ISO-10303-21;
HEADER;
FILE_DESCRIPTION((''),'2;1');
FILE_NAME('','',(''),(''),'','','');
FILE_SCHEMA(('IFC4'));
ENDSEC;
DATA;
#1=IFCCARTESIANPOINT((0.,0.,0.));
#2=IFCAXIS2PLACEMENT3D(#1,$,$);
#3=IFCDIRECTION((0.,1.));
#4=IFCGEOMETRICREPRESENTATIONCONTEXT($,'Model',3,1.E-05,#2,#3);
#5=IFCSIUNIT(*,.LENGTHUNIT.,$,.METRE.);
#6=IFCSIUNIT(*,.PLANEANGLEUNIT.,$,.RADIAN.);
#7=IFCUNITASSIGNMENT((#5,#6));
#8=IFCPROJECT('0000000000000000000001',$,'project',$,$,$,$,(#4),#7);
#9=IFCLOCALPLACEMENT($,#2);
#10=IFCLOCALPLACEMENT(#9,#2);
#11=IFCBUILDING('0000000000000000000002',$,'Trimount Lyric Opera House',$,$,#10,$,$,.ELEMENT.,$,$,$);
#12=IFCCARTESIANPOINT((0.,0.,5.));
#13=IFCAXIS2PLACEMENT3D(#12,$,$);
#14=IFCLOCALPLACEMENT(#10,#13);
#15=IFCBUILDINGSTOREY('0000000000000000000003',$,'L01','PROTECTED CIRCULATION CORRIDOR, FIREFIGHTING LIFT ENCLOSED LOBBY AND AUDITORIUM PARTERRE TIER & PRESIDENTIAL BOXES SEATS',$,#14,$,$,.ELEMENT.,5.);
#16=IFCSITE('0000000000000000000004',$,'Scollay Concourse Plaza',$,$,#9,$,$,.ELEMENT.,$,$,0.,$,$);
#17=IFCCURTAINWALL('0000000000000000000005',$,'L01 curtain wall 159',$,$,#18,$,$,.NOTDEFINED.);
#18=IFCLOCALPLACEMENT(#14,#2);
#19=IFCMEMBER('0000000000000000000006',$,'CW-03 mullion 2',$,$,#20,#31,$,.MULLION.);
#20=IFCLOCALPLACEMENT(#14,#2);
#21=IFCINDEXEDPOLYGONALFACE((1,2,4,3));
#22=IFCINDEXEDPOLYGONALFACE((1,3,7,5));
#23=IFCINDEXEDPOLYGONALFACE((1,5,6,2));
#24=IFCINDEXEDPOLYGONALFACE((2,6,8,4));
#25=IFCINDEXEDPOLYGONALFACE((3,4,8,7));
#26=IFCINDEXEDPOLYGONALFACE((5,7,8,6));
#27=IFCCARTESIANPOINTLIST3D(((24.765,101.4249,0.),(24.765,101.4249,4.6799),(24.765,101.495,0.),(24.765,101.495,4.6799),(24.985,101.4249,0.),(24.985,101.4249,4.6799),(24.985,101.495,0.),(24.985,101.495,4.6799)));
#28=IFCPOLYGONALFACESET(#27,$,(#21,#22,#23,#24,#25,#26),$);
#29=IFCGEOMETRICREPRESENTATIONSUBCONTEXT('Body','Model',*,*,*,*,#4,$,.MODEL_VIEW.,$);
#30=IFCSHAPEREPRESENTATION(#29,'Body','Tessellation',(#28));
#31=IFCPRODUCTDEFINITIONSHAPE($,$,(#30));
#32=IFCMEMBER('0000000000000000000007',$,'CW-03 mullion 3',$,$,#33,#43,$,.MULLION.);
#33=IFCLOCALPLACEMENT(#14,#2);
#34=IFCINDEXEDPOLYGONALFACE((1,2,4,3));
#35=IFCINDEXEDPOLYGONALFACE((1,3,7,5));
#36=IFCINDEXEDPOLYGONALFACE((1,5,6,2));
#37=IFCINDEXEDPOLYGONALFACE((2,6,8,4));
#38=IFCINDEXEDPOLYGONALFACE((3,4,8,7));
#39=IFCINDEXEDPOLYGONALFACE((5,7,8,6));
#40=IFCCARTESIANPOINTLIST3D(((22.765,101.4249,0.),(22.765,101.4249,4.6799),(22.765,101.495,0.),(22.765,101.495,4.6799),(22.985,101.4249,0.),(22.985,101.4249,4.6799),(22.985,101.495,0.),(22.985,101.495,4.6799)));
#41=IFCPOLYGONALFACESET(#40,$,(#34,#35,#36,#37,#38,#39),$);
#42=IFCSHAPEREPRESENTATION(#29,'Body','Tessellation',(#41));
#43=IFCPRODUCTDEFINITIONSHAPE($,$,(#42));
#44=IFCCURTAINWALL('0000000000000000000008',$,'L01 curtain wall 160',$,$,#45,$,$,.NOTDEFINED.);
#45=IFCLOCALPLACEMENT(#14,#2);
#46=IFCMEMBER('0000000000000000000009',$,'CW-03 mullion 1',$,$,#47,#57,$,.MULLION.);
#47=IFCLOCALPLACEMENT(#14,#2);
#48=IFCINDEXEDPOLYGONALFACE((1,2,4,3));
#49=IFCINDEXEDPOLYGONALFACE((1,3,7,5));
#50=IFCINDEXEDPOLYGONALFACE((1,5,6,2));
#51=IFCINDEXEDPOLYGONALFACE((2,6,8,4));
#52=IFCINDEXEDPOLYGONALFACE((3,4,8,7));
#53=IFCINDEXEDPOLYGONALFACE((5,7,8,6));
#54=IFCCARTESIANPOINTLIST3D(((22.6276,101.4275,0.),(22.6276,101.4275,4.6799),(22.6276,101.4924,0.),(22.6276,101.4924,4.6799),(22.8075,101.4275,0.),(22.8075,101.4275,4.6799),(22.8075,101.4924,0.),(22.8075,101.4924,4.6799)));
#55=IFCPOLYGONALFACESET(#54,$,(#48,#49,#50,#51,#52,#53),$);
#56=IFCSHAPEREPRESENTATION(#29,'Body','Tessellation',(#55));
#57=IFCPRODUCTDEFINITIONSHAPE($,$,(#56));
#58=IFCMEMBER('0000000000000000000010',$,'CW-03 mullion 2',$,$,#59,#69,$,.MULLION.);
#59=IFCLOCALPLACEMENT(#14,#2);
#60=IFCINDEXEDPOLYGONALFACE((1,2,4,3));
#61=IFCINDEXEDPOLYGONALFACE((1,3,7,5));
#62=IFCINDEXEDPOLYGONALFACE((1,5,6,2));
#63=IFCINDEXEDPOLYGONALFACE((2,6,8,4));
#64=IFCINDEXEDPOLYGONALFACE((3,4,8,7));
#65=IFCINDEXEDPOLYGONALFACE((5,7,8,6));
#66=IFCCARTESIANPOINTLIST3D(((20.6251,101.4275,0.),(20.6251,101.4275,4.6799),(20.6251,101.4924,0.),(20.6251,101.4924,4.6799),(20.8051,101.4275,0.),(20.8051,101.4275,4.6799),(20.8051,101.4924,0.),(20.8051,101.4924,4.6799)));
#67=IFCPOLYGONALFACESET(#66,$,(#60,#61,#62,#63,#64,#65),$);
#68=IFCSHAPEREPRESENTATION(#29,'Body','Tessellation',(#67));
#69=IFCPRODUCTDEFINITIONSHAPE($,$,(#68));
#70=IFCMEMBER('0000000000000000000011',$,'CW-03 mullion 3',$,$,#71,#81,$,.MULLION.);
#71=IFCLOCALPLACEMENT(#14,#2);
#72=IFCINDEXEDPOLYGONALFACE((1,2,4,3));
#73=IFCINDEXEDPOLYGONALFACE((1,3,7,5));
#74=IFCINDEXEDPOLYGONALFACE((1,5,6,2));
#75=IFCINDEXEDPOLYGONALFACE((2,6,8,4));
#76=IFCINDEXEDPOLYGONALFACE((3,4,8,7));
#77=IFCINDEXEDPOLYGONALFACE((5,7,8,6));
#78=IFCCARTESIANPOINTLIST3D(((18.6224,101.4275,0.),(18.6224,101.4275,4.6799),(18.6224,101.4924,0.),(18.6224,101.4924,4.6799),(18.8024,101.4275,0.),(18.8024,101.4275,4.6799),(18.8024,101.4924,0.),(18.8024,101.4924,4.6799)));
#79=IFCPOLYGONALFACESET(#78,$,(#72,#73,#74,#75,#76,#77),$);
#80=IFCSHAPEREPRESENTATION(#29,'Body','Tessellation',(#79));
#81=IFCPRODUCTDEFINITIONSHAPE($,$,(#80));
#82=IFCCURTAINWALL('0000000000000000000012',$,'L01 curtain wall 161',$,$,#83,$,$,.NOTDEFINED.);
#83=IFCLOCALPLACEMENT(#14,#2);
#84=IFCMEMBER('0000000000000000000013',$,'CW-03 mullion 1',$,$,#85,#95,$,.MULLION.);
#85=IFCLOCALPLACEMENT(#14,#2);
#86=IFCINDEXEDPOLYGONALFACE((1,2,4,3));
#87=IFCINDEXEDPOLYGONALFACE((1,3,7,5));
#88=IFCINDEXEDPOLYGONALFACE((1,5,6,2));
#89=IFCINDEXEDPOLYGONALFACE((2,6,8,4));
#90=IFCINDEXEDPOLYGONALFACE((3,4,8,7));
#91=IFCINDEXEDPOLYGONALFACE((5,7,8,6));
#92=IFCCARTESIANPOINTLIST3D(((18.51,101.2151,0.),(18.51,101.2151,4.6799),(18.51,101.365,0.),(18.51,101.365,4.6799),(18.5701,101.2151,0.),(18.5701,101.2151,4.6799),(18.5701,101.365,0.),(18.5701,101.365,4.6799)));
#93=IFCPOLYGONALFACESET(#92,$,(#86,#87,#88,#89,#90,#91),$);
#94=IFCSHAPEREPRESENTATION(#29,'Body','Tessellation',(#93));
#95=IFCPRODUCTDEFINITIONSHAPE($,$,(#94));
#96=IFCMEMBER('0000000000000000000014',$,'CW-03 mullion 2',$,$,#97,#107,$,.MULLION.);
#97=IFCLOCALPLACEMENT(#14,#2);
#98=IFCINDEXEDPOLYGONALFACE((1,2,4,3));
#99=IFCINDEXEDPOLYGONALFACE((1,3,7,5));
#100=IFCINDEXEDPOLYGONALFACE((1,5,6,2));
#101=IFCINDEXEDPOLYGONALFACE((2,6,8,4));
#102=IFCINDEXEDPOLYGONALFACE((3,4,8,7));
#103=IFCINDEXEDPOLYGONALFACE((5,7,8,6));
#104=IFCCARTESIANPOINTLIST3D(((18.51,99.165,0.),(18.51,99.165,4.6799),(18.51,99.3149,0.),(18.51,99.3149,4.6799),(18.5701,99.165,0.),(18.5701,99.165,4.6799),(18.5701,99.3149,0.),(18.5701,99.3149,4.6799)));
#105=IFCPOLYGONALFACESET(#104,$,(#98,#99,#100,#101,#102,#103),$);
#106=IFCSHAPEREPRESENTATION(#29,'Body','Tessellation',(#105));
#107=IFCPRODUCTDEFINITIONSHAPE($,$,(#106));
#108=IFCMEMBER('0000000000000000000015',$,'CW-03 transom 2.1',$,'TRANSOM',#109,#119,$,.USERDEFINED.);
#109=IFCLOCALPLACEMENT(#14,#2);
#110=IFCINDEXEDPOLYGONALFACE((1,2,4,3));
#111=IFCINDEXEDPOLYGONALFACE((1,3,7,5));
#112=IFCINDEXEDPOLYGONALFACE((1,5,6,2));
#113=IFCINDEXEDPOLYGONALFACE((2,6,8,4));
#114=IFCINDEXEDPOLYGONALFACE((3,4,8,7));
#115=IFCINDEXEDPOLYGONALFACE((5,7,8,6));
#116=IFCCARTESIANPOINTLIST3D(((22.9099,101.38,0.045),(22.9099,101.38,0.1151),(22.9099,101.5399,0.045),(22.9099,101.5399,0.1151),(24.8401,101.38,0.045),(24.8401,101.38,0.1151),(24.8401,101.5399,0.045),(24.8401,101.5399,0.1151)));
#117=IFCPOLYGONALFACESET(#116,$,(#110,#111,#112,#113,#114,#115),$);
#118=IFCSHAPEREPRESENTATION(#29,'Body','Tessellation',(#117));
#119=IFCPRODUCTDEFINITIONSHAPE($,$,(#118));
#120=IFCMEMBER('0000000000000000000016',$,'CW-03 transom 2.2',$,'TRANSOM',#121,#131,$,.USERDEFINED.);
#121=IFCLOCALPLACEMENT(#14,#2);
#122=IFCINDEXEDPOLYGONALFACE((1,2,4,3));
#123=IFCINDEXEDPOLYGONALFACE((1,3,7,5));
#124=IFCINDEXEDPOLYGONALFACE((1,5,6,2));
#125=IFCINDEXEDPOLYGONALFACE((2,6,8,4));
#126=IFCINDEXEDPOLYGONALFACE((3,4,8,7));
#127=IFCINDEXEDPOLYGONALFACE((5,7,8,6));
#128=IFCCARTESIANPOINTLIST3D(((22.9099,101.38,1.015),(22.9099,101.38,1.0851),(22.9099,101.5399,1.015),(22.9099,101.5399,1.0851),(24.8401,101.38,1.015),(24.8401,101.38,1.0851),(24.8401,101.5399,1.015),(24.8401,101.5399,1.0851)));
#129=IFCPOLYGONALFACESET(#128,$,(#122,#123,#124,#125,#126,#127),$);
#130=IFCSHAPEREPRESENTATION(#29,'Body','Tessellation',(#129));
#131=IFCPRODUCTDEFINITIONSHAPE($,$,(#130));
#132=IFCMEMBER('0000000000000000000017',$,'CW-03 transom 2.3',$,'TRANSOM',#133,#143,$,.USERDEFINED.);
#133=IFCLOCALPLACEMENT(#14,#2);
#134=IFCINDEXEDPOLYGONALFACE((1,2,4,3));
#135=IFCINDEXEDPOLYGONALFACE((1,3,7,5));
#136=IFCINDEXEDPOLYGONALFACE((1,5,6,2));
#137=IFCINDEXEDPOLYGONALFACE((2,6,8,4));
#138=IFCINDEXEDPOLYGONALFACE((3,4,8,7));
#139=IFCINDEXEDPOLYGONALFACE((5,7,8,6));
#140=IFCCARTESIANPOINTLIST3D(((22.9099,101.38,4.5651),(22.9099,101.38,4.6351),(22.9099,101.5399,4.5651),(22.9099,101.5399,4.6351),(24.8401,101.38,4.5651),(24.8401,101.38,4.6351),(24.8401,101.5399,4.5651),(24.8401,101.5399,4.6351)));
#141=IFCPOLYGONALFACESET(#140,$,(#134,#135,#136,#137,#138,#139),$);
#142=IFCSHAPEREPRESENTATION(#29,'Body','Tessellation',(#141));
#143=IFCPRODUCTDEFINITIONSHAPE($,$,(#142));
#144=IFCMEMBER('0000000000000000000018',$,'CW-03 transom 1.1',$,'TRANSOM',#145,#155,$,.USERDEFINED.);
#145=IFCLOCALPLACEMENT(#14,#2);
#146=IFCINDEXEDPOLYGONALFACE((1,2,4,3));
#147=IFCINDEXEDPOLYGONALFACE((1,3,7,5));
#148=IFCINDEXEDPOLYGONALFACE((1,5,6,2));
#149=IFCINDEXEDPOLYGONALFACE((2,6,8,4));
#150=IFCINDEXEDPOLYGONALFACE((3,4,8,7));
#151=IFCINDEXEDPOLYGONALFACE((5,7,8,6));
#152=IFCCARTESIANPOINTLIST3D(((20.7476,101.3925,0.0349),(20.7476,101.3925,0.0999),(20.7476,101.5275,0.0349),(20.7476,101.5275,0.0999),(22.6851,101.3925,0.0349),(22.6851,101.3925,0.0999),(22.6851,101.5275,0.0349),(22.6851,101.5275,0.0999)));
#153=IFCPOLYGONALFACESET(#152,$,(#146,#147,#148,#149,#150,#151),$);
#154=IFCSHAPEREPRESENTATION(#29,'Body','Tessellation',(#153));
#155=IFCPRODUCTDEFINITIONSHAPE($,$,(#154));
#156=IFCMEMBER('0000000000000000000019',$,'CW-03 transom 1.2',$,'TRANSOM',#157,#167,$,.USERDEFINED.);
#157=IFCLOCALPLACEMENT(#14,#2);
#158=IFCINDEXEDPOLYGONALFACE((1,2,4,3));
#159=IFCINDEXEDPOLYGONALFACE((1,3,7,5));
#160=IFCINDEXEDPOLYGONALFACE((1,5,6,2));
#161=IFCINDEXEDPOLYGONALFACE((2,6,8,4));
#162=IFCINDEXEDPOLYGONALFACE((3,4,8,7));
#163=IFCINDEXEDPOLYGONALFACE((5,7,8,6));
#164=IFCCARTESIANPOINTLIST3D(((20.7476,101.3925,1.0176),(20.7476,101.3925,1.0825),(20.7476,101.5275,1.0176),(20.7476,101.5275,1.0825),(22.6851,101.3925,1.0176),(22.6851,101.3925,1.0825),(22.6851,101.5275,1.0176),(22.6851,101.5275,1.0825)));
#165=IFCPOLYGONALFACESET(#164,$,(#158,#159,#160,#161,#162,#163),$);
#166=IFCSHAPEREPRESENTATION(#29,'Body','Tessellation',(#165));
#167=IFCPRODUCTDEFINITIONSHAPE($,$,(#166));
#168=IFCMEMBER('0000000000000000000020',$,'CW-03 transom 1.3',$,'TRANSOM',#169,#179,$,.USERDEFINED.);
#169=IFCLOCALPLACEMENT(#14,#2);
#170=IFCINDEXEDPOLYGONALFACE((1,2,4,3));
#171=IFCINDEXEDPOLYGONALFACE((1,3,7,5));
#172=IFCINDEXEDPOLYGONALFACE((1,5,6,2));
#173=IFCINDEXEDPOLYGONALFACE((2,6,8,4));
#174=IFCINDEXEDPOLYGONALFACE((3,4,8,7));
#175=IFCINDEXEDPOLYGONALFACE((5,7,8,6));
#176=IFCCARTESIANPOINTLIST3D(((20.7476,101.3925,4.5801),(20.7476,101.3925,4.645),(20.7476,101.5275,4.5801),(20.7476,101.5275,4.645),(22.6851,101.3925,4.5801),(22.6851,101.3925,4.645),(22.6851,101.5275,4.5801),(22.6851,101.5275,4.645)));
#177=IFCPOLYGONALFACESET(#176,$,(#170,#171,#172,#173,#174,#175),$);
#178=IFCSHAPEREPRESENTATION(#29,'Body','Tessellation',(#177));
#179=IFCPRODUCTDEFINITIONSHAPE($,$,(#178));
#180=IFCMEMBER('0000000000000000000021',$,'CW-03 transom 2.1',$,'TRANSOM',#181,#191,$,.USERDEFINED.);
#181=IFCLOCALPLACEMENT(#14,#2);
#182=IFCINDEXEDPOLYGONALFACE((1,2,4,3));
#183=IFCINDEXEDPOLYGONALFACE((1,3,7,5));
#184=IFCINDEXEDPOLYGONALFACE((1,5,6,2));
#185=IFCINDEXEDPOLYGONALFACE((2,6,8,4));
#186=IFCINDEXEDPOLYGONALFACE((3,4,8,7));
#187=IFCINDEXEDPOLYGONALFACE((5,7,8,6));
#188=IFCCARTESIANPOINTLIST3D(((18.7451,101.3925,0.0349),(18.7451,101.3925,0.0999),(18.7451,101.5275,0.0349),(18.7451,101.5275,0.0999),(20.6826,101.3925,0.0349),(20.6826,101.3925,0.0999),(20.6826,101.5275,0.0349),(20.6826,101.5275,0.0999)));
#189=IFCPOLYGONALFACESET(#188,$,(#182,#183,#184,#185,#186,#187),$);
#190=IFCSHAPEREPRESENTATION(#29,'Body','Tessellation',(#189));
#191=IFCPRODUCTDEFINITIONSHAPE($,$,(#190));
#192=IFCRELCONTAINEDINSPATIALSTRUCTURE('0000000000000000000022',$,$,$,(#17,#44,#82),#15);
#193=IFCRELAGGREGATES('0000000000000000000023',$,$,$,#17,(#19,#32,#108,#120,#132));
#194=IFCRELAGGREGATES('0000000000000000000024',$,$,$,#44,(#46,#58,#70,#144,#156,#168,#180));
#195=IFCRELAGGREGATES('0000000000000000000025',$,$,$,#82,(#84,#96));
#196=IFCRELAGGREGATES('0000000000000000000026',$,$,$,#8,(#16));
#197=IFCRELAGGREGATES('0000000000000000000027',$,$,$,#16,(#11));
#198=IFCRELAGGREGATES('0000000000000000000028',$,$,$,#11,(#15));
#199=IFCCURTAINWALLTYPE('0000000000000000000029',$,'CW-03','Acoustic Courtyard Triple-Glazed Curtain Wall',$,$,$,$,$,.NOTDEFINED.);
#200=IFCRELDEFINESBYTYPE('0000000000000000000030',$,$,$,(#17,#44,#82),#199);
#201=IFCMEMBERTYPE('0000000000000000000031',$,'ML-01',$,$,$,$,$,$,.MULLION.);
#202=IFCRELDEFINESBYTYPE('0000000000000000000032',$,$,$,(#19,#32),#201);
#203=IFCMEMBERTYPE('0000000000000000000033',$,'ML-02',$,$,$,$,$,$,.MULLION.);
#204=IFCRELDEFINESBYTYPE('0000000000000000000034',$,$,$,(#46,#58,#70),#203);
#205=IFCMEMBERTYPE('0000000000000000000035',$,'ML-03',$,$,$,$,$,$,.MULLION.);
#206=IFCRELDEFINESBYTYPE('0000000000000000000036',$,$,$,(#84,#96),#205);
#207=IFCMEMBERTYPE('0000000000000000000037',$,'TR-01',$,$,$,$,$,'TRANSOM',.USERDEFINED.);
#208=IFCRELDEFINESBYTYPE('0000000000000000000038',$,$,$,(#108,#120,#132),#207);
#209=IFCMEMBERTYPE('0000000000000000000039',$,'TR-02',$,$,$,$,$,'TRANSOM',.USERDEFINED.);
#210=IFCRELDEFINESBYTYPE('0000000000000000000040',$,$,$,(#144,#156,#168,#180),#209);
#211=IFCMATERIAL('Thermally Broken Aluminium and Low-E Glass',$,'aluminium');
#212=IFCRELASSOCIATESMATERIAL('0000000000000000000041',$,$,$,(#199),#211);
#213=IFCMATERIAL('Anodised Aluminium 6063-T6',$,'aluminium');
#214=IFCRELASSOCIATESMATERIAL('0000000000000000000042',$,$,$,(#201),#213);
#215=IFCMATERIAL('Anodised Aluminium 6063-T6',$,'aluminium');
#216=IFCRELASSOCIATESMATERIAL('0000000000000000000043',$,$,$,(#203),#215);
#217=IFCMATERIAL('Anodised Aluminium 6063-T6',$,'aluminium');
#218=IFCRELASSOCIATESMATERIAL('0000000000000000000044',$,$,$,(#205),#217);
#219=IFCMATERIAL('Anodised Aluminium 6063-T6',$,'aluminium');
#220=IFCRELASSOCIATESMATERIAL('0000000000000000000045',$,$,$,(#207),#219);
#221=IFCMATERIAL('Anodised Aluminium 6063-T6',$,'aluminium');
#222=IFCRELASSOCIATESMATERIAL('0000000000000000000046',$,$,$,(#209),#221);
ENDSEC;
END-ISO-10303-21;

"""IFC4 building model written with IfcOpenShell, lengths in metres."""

from ifc_helpers import new_model, si_unit, direction, frame, origin, origin_2d, place, context, subcontext, project, spatial, rectangle, extrude, material, material_profile, profile_set, type_object, element, aggregate, save


model = new_model("IFC4")

# Units and contexts
model_context = context("Model", 3, precision=1e-05, world=origin(), true_north=direction((0.0, 1.0)))
body_context = subcontext(model_context, "Body", "Model", "MODEL_VIEW")
ifc_project = project(units=[si_unit("LENGTHUNIT", "METRE"), si_unit("PLANEANGLEUNIT", "RADIAN")], contexts=[model_context])

# Site, building, storey
site_placement = place(None, origin())
site = spatial("IfcSite", under=ifc_project, at=site_placement, Name="Scollay Concourse Plaza", CompositionType="ELEMENT", RefElevation=0.0)
building_placement = place(site_placement, origin())
building = spatial("IfcBuilding", under=site, at=building_placement, Name="Trimount Lyric Opera House", CompositionType="ELEMENT")
storey_placement = place(building_placement, frame((0.0, 0.0, 5.0)))
storey = spatial("IfcBuildingStorey", under=building, at=storey_placement, Name="L01", Description="PROTECTED CIRCULATION CORRIDOR, FIREFIGHTING LIFT ENCLOSED LOBBY AND AUDITORIUM PARTERRE TIER & PRESIDENTIAL BOXES SEATS", CompositionType="ELEMENT", Elevation=5.0)

# Curtain walls, members
ifc_material_1 = material(Name="Thermally Broken Aluminium and Low-E Glass", Category="aluminium")
curtain_wall_type = type_object("IfcCurtainWallType", Name="CW-03", Description="Acoustic Courtyard Triple-Glazed Curtain Wall", PredefinedType="NOTDEFINED", material=ifc_material_1)
curtain_wall_1_placement = place(storey_placement, origin())
curtain_wall_1 = element("IfcCurtainWall", 1, at=curtain_wall_1_placement, inside=storey, type_object=curtain_wall_type, Name="L01 curtain wall 159", PredefinedType="NOTDEFINED")
ifc_material_2 = material(Name="Anodised Aluminium 6063-T6", Category="aluminium")
ifc_material_profile_1 = material_profile(ifc_material_2, rectangle(XDim=0.0701, YDim=0.22, at=origin_2d()), Name="ALU-MULL-70X220")
ifc_profile_set_1 = profile_set([ifc_material_profile_1], Name="Anodised Aluminium 6063-T6")
member_type_1 = type_object("IfcMemberType", Name="ML-01", PredefinedType="MULLION", material=ifc_profile_set_1)
member_1_placement = place(storey_placement, frame((24.875, 101.46, 0.0), z_axis=(0.0, 0.0, 1.0), x_axis=(0.0, -1.0, 0.0)))
member_1 = element("IfcMember", 2, at=member_1_placement, type_object=member_type_1, Name="CW-03 mullion 2", PredefinedType="MULLION", context=body_context, shape_type="SweptSolid", body=[
    extrude(rectangle(XDim=0.0701, YDim=0.22, at=origin_2d()), origin(), (0.0, 0.0, 1.0), 4.6799),
])
member_2_placement = place(storey_placement, frame((22.875, 101.46, 0.0), z_axis=(0.0, 0.0, 1.0), x_axis=(0.0, -1.0, 0.0)))
member_2 = element("IfcMember", 3, at=member_2_placement, type_object=member_type_1, Name="CW-03 mullion 3", PredefinedType="MULLION", context=body_context, shape_type="SweptSolid", body=[
    extrude(rectangle(XDim=0.0701, YDim=0.22, at=origin_2d()), origin(), (0.0, 0.0, 1.0), 4.6799),
])
curtain_wall_2_placement = place(storey_placement, origin())
curtain_wall_2 = element("IfcCurtainWall", 4, at=curtain_wall_2_placement, inside=storey, type_object=curtain_wall_type, Name="L01 curtain wall 160", PredefinedType="NOTDEFINED")
ifc_material_3 = material(Name="Anodised Aluminium 6063-T6", Category="aluminium")
ifc_material_profile_2 = material_profile(ifc_material_3, rectangle(XDim=0.0649, YDim=0.1799, at=origin_2d()), Name="ALU-MULL-65X180")
ifc_profile_set_2 = profile_set([ifc_material_profile_2], Name="Anodised Aluminium 6063-T6")
member_type_2 = type_object("IfcMemberType", Name="ML-02", PredefinedType="MULLION", material=ifc_profile_set_2)
member_3_placement = place(storey_placement, frame((22.7175, 101.46, 0.0), z_axis=(0.0, 0.0, 1.0), x_axis=(0.0, -1.0, 0.0)))
member_3 = element("IfcMember", 5, at=member_3_placement, type_object=member_type_2, Name="CW-03 mullion 1", PredefinedType="MULLION", context=body_context, shape_type="SweptSolid", body=[
    extrude(rectangle(XDim=0.0649, YDim=0.1799, at=origin_2d()), origin(), (0.0, 0.0, 1.0), 4.6799),
])
member_4_placement = place(storey_placement, frame((20.7151, 101.46, 0.0), z_axis=(0.0, 0.0, 1.0), x_axis=(0.0, -1.0, 0.0)))
member_4 = element("IfcMember", 6, at=member_4_placement, type_object=member_type_2, Name="CW-03 mullion 2", PredefinedType="MULLION", context=body_context, shape_type="SweptSolid", body=[
    extrude(rectangle(XDim=0.0649, YDim=0.1799, at=origin_2d()), origin(), (0.0, 0.0, 1.0), 4.6799),
])
member_5_placement = place(storey_placement, frame((18.7124, 101.46, 0.0), z_axis=(0.0, 0.0, 1.0), x_axis=(0.0, -1.0, 0.0)))
member_5 = element("IfcMember", 7, at=member_5_placement, type_object=member_type_2, Name="CW-03 mullion 3", PredefinedType="MULLION", context=body_context, shape_type="SweptSolid", body=[
    extrude(rectangle(XDim=0.0649, YDim=0.1799, at=origin_2d()), origin(), (0.0, 0.0, 1.0), 4.6799),
])
curtain_wall_3_placement = place(storey_placement, origin())
curtain_wall_3 = element("IfcCurtainWall", 8, at=curtain_wall_3_placement, inside=storey, type_object=curtain_wall_type, Name="L01 curtain wall 161", PredefinedType="NOTDEFINED")
ifc_material_4 = material(Name="Anodised Aluminium 6063-T6", Category="aluminium")
ifc_material_profile_3 = material_profile(ifc_material_4, rectangle(XDim=0.0601, YDim=0.1499, at=origin_2d()), Name="ALU-MULL-60X150")
ifc_profile_set_3 = profile_set([ifc_material_profile_3], Name="Anodised Aluminium 6063-T6")
member_type_3 = type_object("IfcMemberType", Name="ML-03", PredefinedType="MULLION", material=ifc_profile_set_3)
member_6_placement = place(storey_placement, frame((18.54, 101.29, 0.0), z_axis=(0.0, 0.0, 1.0), x_axis=(1.0, 0.0, 0.0)))
member_6 = element("IfcMember", 9, at=member_6_placement, type_object=member_type_3, Name="CW-03 mullion 1", PredefinedType="MULLION", context=body_context, shape_type="SweptSolid", body=[
    extrude(rectangle(XDim=0.0601, YDim=0.1499, at=origin_2d()), origin(), (0.0, 0.0, 1.0), 4.6799),
])
member_7_placement = place(storey_placement, frame((18.54, 99.24, 0.0), z_axis=(0.0, 0.0, 1.0), x_axis=(1.0, 0.0, 0.0)))
member_7 = element("IfcMember", 10, at=member_7_placement, type_object=member_type_3, Name="CW-03 mullion 2", PredefinedType="MULLION", context=body_context, shape_type="SweptSolid", body=[
    extrude(rectangle(XDim=0.0601, YDim=0.1499, at=origin_2d()), origin(), (0.0, 0.0, 1.0), 4.6799),
])

# Members
ifc_material_5 = material(Name="Anodised Aluminium 6063-T6", Category="aluminium")
ifc_material_profile_4 = material_profile(ifc_material_5, rectangle(XDim=0.1599, YDim=0.0701, at=origin_2d()), Name="ALU-TRAN-70X160")
ifc_profile_set_4 = profile_set([ifc_material_profile_4], Name="Anodised Aluminium 6063-T6")
member_type_4 = type_object("IfcMemberType", Name="TR-01", ElementType="TRANSOM", PredefinedType="USERDEFINED", material=ifc_profile_set_4)
member_8_placement = place(storey_placement, frame((24.8401, 101.46, 0.0801), z_axis=(-1.0, 0.0, 0.0), x_axis=(0.0, -1.0, 0.0)))
member_8 = element("IfcMember", 11, at=member_8_placement, type_object=member_type_4, Name="CW-03 transom 2.1", ObjectType="TRANSOM", PredefinedType="USERDEFINED", context=body_context, shape_type="SweptSolid", body=[
    extrude(rectangle(XDim=0.1599, YDim=0.0701, at=origin_2d()), origin(), (0.0, 0.0, 1.0), 1.9302),
])
member_9_placement = place(storey_placement, frame((24.8401, 101.46, 1.05), z_axis=(-1.0, 0.0, 0.0), x_axis=(0.0, -1.0, 0.0)))
member_9 = element("IfcMember", 12, at=member_9_placement, type_object=member_type_4, Name="CW-03 transom 2.2", ObjectType="TRANSOM", PredefinedType="USERDEFINED", context=body_context, shape_type="SweptSolid", body=[
    extrude(rectangle(XDim=0.1599, YDim=0.0701, at=origin_2d()), origin(), (0.0, 0.0, 1.0), 1.9302),
])
member_10_placement = place(storey_placement, frame((24.8401, 101.46, 4.6001), z_axis=(-1.0, 0.0, 0.0), x_axis=(0.0, -1.0, 0.0)))
member_10 = element("IfcMember", 13, at=member_10_placement, type_object=member_type_4, Name="CW-03 transom 2.3", ObjectType="TRANSOM", PredefinedType="USERDEFINED", context=body_context, shape_type="SweptSolid", body=[
    extrude(rectangle(XDim=0.1599, YDim=0.0701, at=origin_2d()), origin(), (0.0, 0.0, 1.0), 1.9302),
])
ifc_material_6 = material(Name="Anodised Aluminium 6063-T6", Category="aluminium")
ifc_material_profile_5 = material_profile(ifc_material_6, rectangle(XDim=0.135, YDim=0.0649, at=origin_2d()), Name="ALU-TRAN-65X135")
ifc_profile_set_5 = profile_set([ifc_material_profile_5], Name="Anodised Aluminium 6063-T6")
member_type_5 = type_object("IfcMemberType", Name="TR-02", ElementType="TRANSOM", PredefinedType="USERDEFINED", material=ifc_profile_set_5)
member_11_placement = place(storey_placement, frame((22.6851, 101.46, 0.0674), z_axis=(-1.0, 0.0, 0.0), x_axis=(0.0, -1.0, 0.0)))
member_11 = element("IfcMember", 14, at=member_11_placement, type_object=member_type_5, Name="CW-03 transom 1.1", ObjectType="TRANSOM", PredefinedType="USERDEFINED", context=body_context, shape_type="SweptSolid", body=[
    extrude(rectangle(XDim=0.135, YDim=0.0649, at=origin_2d()), origin(), (0.0, 0.0, 1.0), 1.9375),
])
member_12_placement = place(storey_placement, frame((22.6851, 101.46, 1.05), z_axis=(-1.0, 0.0, 0.0), x_axis=(0.0, -1.0, 0.0)))
member_12 = element("IfcMember", 15, at=member_12_placement, type_object=member_type_5, Name="CW-03 transom 1.2", ObjectType="TRANSOM", PredefinedType="USERDEFINED", context=body_context, shape_type="SweptSolid", body=[
    extrude(rectangle(XDim=0.135, YDim=0.0649, at=origin_2d()), origin(), (0.0, 0.0, 1.0), 1.9375),
])
member_13_placement = place(storey_placement, frame((22.6851, 101.46, 4.6125), z_axis=(-1.0, 0.0, 0.0), x_axis=(0.0, -1.0, 0.0)))
member_13 = element("IfcMember", 16, at=member_13_placement, type_object=member_type_5, Name="CW-03 transom 1.3", ObjectType="TRANSOM", PredefinedType="USERDEFINED", context=body_context, shape_type="SweptSolid", body=[
    extrude(rectangle(XDim=0.135, YDim=0.0649, at=origin_2d()), origin(), (0.0, 0.0, 1.0), 1.9375),
])
member_14_placement = place(storey_placement, frame((20.6826, 101.46, 0.0674), z_axis=(-1.0, 0.0, 0.0), x_axis=(0.0, -1.0, 0.0)))
member_14 = element("IfcMember", 17, at=member_14_placement, type_object=member_type_5, Name="CW-03 transom 2.1", ObjectType="TRANSOM", PredefinedType="USERDEFINED", context=body_context, shape_type="SweptSolid", body=[
    extrude(rectangle(XDim=0.135, YDim=0.0649, at=origin_2d()), origin(), (0.0, 0.0, 1.0), 1.9375),
])

aggregate(curtain_wall_1, [member_1, member_2, member_8, member_9, member_10])
aggregate(curtain_wall_2, [member_3, member_4, member_5, member_11, member_12, member_13, member_14])
aggregate(curtain_wall_3, [member_6, member_7])

save(model, "model.ifc")
